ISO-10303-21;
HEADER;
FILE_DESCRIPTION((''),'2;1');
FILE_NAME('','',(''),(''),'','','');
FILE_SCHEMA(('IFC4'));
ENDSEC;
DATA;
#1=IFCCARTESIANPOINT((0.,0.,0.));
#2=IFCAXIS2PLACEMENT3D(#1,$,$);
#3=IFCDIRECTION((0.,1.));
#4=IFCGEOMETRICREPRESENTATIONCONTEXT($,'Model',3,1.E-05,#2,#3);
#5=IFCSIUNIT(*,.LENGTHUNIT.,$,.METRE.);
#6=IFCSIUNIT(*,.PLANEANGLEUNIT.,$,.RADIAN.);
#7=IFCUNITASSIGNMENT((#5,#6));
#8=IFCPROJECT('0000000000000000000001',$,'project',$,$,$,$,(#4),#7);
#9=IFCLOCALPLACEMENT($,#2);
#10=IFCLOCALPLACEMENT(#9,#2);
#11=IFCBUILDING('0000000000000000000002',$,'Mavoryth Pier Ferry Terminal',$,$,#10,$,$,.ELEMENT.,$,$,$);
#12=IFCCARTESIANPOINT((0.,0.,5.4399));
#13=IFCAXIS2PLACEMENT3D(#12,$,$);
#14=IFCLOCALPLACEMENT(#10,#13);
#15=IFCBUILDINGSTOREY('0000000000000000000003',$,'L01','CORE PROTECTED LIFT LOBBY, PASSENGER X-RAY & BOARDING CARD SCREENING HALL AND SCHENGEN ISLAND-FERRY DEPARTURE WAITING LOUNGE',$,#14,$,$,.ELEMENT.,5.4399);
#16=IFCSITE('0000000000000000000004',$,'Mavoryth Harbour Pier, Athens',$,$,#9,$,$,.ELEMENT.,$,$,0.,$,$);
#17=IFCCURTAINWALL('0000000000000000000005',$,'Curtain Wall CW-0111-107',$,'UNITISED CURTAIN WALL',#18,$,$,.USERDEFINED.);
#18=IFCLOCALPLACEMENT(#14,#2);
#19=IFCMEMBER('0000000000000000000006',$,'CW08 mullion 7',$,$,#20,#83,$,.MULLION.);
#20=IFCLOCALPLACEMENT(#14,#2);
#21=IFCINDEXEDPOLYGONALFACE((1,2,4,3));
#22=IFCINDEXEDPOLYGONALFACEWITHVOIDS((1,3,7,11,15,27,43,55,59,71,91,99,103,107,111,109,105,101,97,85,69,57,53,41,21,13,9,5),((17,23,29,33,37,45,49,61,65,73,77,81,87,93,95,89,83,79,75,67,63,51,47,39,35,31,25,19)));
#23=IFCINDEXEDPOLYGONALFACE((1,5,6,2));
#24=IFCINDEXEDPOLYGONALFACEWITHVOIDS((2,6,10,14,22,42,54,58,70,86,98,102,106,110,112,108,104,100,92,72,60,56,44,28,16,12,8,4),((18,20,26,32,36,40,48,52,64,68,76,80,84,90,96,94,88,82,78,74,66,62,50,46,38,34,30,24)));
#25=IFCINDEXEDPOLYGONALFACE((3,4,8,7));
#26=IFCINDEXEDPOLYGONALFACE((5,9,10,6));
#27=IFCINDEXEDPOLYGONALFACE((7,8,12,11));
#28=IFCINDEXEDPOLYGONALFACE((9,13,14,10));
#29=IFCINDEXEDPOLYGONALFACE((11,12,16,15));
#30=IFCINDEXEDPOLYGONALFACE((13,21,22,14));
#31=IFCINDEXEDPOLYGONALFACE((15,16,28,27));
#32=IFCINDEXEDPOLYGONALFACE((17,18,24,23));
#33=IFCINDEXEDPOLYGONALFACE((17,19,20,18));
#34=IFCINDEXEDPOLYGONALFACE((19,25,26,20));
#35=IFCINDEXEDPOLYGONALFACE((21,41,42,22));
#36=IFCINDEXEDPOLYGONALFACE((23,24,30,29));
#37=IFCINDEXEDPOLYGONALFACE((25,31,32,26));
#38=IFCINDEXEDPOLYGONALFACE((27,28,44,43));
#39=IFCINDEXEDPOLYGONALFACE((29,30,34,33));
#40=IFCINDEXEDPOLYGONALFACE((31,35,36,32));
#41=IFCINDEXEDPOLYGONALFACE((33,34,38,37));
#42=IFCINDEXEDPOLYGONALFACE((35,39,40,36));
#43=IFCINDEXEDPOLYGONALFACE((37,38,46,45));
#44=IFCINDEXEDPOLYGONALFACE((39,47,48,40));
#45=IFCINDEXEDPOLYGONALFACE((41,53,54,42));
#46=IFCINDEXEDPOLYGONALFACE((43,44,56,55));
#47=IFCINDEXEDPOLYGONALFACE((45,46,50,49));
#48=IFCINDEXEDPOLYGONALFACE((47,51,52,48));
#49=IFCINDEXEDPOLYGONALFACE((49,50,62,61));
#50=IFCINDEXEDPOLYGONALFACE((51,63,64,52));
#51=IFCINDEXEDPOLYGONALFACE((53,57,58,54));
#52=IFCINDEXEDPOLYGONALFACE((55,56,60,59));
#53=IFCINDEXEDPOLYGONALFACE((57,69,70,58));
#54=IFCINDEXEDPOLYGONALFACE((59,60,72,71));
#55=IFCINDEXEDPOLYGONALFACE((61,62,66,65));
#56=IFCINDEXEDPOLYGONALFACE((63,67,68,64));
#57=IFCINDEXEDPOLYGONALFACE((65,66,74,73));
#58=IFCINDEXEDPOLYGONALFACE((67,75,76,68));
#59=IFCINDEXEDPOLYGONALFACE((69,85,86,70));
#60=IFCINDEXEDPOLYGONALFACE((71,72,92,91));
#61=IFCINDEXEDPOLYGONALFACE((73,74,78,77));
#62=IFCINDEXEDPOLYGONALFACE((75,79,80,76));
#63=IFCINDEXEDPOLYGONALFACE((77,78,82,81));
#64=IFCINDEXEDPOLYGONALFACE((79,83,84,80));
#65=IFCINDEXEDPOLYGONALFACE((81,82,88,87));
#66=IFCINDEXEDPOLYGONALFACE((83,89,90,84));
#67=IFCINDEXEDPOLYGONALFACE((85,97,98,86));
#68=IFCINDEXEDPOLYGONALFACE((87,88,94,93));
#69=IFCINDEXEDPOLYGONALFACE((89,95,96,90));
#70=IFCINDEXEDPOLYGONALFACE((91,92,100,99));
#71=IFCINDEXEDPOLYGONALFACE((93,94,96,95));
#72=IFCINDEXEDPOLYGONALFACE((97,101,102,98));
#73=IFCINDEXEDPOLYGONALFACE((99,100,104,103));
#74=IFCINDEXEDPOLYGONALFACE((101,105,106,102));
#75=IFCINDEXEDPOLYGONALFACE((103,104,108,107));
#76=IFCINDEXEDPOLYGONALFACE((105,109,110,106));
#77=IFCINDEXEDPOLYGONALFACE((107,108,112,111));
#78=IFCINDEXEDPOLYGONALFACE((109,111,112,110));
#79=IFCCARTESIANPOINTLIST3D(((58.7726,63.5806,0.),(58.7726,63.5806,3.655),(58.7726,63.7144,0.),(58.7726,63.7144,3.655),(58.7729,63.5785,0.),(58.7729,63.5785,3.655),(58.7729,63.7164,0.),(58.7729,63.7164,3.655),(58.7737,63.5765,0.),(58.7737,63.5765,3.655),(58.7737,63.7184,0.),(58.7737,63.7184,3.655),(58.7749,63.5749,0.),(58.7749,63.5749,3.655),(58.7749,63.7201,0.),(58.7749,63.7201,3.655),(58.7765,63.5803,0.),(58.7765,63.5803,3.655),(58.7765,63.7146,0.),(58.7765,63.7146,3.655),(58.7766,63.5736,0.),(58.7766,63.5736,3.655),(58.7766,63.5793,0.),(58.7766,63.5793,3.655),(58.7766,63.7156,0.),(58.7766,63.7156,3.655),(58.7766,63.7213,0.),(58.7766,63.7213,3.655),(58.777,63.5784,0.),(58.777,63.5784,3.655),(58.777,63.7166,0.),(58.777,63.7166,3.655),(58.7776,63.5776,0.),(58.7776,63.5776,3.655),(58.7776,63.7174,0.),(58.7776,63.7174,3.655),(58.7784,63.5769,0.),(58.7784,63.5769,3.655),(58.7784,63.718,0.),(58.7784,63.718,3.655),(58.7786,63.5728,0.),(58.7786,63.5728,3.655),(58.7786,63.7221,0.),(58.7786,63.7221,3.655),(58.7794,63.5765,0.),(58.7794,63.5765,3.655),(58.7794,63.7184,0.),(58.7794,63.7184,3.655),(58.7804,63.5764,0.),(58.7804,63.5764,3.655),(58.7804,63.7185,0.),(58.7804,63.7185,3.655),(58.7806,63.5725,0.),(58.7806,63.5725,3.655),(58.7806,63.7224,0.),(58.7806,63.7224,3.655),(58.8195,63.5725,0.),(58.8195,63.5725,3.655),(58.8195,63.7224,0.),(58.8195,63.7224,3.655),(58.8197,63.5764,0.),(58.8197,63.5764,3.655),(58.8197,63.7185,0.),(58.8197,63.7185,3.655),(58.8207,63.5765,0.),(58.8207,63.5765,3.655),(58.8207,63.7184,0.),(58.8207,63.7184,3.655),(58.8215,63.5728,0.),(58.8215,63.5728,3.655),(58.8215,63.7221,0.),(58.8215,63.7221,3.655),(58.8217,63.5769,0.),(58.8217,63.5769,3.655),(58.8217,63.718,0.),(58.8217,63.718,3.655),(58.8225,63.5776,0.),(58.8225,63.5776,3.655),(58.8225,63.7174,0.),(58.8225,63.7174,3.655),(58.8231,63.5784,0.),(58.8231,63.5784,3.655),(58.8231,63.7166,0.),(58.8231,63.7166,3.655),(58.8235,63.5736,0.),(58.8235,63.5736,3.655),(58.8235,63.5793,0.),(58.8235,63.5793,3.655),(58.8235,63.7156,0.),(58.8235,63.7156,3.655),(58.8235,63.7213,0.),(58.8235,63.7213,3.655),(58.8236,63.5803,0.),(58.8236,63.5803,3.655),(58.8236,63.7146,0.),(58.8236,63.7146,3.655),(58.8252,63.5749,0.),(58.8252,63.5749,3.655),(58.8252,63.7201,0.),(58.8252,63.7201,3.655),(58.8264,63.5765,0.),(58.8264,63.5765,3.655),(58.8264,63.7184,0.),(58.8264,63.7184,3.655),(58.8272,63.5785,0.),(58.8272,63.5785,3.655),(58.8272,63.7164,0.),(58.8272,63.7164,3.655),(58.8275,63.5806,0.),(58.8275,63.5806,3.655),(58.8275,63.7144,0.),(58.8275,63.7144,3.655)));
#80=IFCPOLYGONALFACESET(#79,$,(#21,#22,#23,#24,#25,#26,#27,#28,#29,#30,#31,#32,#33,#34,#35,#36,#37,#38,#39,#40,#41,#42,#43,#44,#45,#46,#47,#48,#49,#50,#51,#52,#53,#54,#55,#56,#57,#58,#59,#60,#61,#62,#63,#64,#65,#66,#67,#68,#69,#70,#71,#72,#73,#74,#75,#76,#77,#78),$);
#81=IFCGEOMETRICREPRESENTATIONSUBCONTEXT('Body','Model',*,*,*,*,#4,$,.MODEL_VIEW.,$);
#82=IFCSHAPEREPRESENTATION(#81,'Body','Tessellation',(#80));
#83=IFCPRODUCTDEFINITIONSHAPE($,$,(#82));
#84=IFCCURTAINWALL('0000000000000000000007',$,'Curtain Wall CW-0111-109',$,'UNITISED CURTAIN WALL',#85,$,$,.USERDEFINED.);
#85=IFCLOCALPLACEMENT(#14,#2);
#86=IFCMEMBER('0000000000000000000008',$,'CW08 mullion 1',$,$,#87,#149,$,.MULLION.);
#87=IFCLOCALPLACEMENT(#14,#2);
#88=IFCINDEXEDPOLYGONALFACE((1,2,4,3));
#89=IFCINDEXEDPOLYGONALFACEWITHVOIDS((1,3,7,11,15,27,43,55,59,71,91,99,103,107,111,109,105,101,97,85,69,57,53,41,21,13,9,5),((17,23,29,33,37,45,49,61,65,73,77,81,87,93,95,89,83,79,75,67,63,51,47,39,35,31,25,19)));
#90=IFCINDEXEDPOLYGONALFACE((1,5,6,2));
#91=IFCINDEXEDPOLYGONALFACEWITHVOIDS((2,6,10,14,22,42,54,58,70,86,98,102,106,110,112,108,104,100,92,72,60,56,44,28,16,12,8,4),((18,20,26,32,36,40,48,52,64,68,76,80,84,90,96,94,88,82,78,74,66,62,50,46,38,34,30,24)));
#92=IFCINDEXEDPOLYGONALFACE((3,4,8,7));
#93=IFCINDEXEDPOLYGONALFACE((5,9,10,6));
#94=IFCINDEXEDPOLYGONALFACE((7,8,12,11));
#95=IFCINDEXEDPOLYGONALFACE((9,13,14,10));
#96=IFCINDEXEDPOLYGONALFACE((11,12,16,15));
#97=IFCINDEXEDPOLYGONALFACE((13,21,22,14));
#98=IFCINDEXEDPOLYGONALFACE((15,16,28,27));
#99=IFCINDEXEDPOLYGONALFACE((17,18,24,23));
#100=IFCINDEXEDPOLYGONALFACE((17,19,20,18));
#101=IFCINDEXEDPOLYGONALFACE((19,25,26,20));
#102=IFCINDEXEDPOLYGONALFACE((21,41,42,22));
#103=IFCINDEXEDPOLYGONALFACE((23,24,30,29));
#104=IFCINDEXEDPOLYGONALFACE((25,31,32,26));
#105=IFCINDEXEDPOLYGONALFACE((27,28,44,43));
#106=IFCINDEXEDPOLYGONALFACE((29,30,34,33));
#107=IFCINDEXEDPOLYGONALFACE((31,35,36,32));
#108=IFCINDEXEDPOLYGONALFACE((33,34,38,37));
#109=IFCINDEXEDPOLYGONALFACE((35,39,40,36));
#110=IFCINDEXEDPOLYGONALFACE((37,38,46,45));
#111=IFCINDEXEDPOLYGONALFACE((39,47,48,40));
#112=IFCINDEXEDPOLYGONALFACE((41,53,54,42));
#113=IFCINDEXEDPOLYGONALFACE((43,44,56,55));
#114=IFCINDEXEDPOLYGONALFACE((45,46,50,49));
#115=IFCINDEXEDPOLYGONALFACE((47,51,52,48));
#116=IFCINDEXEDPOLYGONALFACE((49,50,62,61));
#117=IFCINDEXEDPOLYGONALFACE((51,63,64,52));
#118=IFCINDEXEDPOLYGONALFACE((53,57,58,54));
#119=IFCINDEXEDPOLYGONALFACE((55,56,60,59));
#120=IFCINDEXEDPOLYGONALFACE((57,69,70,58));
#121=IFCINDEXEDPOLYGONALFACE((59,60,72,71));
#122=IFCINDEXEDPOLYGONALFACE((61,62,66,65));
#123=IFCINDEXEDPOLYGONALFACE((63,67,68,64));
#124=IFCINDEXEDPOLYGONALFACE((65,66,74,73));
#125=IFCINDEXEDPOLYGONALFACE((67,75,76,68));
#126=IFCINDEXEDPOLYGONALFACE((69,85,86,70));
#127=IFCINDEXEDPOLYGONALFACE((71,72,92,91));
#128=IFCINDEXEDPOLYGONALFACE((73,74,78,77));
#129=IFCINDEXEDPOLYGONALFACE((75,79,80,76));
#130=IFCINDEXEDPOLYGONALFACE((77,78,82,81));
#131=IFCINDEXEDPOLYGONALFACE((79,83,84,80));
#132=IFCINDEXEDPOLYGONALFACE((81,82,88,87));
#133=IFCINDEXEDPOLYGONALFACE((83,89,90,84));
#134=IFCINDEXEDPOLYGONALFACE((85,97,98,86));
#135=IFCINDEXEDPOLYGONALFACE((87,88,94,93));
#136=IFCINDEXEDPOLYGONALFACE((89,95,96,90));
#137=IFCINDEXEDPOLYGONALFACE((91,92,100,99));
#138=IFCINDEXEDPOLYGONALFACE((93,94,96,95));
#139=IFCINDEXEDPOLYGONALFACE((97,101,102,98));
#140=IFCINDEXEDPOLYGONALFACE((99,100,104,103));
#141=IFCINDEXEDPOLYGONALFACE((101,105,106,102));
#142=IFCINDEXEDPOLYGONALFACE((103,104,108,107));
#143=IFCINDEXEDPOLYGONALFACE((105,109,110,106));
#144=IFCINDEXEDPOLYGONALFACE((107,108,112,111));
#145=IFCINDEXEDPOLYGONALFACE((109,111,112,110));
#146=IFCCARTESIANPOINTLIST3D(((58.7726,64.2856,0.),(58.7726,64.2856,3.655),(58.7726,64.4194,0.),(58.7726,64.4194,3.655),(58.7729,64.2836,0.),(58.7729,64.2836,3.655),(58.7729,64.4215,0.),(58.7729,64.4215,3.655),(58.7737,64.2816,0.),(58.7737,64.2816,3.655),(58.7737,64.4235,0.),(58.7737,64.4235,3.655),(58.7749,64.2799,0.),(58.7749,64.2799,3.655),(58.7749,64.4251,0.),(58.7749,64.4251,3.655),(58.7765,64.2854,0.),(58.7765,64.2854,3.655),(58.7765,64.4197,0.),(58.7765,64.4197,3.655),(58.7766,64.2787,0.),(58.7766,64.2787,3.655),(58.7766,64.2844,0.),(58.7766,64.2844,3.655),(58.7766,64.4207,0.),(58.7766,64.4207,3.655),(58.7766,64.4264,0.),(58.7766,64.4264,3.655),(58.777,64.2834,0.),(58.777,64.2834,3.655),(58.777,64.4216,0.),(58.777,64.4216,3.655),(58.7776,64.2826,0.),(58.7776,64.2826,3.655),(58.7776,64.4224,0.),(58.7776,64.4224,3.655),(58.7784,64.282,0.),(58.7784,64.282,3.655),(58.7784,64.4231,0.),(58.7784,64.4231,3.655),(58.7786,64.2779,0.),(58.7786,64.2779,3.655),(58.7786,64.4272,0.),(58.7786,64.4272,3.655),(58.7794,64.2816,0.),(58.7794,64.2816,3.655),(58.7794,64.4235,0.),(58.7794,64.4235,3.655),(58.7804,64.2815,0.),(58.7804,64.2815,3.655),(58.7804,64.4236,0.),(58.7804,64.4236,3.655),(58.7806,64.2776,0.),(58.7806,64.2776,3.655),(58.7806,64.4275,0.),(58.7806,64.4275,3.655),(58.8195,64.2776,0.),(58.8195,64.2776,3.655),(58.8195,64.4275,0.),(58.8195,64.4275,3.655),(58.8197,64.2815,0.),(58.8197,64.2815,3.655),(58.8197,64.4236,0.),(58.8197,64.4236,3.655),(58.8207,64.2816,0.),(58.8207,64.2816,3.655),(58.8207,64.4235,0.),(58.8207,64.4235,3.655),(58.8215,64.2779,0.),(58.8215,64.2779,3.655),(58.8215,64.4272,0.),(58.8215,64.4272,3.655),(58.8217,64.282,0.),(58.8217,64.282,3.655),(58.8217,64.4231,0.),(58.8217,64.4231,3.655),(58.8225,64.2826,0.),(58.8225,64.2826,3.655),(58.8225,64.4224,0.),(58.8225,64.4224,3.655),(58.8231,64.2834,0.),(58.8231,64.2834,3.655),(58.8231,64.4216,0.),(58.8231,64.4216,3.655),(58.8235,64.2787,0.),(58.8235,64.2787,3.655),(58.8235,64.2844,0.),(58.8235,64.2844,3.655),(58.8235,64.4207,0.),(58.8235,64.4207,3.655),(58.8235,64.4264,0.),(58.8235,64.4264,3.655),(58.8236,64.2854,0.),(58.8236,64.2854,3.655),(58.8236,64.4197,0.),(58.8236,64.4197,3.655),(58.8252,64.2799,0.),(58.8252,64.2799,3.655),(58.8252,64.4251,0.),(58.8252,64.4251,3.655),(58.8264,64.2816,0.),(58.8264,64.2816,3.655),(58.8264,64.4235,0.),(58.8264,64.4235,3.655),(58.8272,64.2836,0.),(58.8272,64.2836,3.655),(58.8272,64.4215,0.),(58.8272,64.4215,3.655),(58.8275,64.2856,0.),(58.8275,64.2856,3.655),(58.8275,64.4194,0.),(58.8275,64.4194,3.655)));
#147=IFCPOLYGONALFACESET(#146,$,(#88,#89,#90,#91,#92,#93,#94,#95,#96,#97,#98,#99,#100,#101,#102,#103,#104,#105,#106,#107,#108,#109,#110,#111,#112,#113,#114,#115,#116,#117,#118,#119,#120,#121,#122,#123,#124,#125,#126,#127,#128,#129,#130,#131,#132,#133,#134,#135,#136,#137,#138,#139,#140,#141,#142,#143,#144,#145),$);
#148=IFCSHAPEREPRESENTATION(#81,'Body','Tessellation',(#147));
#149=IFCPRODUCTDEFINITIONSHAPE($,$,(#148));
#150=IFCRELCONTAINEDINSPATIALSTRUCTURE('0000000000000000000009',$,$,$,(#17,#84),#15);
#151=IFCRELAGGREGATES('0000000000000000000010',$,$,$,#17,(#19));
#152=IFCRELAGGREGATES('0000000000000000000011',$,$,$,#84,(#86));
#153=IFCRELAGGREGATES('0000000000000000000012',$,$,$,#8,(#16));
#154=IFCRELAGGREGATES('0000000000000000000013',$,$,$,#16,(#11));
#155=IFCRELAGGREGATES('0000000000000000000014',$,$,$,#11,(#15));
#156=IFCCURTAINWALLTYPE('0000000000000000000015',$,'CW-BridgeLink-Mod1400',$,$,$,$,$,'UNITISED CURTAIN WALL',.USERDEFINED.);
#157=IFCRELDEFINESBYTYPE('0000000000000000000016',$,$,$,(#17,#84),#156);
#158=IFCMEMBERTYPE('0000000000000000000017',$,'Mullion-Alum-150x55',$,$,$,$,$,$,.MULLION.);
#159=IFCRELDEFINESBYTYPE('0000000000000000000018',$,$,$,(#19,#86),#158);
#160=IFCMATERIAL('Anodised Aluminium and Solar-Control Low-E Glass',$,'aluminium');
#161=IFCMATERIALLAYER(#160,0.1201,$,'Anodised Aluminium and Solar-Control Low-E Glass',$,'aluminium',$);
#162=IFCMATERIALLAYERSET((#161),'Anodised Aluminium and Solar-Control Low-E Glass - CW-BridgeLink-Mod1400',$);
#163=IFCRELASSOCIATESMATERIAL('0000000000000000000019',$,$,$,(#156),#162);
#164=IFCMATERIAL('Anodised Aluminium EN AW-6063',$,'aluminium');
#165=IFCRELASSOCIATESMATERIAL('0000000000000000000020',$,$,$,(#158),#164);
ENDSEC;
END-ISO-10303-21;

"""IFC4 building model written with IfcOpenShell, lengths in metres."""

from ifc_helpers import new_model, si_unit, direction, frame, origin, origin_2d, place, context, subcontext, project, spatial, hollow_rectangle, extrude, material, layer, layer_set, material_profile, profile_set, type_object, element, aggregate, save


model = new_model("IFC4")

# Units and contexts
model_context = context("Model", 3, precision=1e-05, world=origin(), true_north=direction((0.0, 1.0)))
body_context = subcontext(model_context, "Body", "Model", "MODEL_VIEW")
ifc_project = project(units=[si_unit("LENGTHUNIT", "METRE"), si_unit("PLANEANGLEUNIT", "RADIAN")], contexts=[model_context])

# Site, building, storey
site_placement = place(None, origin())
site = spatial("IfcSite", under=ifc_project, at=site_placement, Name="Mavoryth Harbour Pier, Athens", CompositionType="ELEMENT", RefElevation=0.0)
building_placement = place(site_placement, origin())
building = spatial("IfcBuilding", under=site, at=building_placement, Name="Mavoryth Pier Ferry Terminal", CompositionType="ELEMENT")
storey_placement = place(building_placement, frame((0.0, 0.0, 5.4399)))
storey = spatial("IfcBuildingStorey", under=building, at=storey_placement, Name="L01", Description="CORE PROTECTED LIFT LOBBY, PASSENGER X-RAY & BOARDING CARD SCREENING HALL AND SCHENGEN ISLAND-FERRY DEPARTURE WAITING LOUNGE", CompositionType="ELEMENT", Elevation=5.4399)

# Curtain walls, members
ifc_material_1 = material(Name="Anodised Aluminium and Solar-Control Low-E Glass", Category="aluminium")
ifc_layer_1 = layer(ifc_material_1, 0.1201, Name="Anodised Aluminium and Solar-Control Low-E Glass", Category="aluminium")
ifc_layer_set_1 = layer_set([ifc_layer_1], Name="Anodised Aluminium and Solar-Control Low-E Glass - CW-BridgeLink-Mod1400")
curtain_wall_type = type_object("IfcCurtainWallType", Name="CW-BridgeLink-Mod1400", ElementType="UNITISED CURTAIN WALL", PredefinedType="USERDEFINED", material=ifc_layer_set_1)
curtain_wall_1_placement = place(storey_placement, origin())
curtain_wall_1 = element("IfcCurtainWall", 1, at=curtain_wall_1_placement, inside=storey, type_object=curtain_wall_type, Name="Curtain Wall CW-0111-107", ObjectType="UNITISED CURTAIN WALL", PredefinedType="USERDEFINED")
ifc_material_2 = material(Name="Anodised Aluminium EN AW-6063", Category="aluminium")
ifc_material_profile_1 = material_profile(ifc_material_2, hollow_rectangle(XDim=0.0549, YDim=0.1499, WallThickness=0.0039, InnerFilletRadius=0.0039, OuterFilletRadius=0.0081, at=origin_2d()), Name="AL-MULL 150x55x4", Category="aluminium")
ifc_profile_set_1 = profile_set([ifc_material_profile_1], Name="Anodised Aluminium EN AW-6063 - AL-MULL 150x55x4")
member_type_1 = type_object("IfcMemberType", Name="Mullion-Alum-150x55", PredefinedType="MULLION", material=ifc_profile_set_1)
member_1_placement = place(storey_placement, frame((58.8, 63.6475, 0.0), z_axis=(0.0, 0.0, 1.0), x_axis=(-1.0, 0.0, 0.0)))
member_1 = element("IfcMember", 2, at=member_1_placement, type_object=member_type_1, Name="CW08 mullion 7", PredefinedType="MULLION", context=body_context, shape_type="SweptSolid", body=[
    extrude(hollow_rectangle(XDim=0.0549, YDim=0.1499, WallThickness=0.0039, InnerFilletRadius=0.0039, OuterFilletRadius=0.0081, at=origin_2d()), origin(), (0.0, 0.0, 1.0), 3.655),
])
curtain_wall_2_placement = place(storey_placement, origin())
curtain_wall_2 = element("IfcCurtainWall", 3, at=curtain_wall_2_placement, inside=storey, type_object=curtain_wall_type, Name="Curtain Wall CW-0111-109", ObjectType="UNITISED CURTAIN WALL", PredefinedType="USERDEFINED")
member_2_placement = place(storey_placement, frame((58.8, 64.3525, 0.0), z_axis=(0.0, 0.0, 1.0), x_axis=(-1.0, 0.0, 0.0)))
member_2 = element("IfcMember", 4, at=member_2_placement, type_object=member_type_1, Name="CW08 mullion 1", PredefinedType="MULLION", context=body_context, shape_type="SweptSolid", body=[
    extrude(hollow_rectangle(XDim=0.0549, YDim=0.1499, WallThickness=0.0039, InnerFilletRadius=0.0039, OuterFilletRadius=0.0081, at=origin_2d()), origin(), (0.0, 0.0, 1.0), 3.655),
])

aggregate(curtain_wall_1, [member_1])
aggregate(curtain_wall_2, [member_2])

save(model, "model.ifc")
